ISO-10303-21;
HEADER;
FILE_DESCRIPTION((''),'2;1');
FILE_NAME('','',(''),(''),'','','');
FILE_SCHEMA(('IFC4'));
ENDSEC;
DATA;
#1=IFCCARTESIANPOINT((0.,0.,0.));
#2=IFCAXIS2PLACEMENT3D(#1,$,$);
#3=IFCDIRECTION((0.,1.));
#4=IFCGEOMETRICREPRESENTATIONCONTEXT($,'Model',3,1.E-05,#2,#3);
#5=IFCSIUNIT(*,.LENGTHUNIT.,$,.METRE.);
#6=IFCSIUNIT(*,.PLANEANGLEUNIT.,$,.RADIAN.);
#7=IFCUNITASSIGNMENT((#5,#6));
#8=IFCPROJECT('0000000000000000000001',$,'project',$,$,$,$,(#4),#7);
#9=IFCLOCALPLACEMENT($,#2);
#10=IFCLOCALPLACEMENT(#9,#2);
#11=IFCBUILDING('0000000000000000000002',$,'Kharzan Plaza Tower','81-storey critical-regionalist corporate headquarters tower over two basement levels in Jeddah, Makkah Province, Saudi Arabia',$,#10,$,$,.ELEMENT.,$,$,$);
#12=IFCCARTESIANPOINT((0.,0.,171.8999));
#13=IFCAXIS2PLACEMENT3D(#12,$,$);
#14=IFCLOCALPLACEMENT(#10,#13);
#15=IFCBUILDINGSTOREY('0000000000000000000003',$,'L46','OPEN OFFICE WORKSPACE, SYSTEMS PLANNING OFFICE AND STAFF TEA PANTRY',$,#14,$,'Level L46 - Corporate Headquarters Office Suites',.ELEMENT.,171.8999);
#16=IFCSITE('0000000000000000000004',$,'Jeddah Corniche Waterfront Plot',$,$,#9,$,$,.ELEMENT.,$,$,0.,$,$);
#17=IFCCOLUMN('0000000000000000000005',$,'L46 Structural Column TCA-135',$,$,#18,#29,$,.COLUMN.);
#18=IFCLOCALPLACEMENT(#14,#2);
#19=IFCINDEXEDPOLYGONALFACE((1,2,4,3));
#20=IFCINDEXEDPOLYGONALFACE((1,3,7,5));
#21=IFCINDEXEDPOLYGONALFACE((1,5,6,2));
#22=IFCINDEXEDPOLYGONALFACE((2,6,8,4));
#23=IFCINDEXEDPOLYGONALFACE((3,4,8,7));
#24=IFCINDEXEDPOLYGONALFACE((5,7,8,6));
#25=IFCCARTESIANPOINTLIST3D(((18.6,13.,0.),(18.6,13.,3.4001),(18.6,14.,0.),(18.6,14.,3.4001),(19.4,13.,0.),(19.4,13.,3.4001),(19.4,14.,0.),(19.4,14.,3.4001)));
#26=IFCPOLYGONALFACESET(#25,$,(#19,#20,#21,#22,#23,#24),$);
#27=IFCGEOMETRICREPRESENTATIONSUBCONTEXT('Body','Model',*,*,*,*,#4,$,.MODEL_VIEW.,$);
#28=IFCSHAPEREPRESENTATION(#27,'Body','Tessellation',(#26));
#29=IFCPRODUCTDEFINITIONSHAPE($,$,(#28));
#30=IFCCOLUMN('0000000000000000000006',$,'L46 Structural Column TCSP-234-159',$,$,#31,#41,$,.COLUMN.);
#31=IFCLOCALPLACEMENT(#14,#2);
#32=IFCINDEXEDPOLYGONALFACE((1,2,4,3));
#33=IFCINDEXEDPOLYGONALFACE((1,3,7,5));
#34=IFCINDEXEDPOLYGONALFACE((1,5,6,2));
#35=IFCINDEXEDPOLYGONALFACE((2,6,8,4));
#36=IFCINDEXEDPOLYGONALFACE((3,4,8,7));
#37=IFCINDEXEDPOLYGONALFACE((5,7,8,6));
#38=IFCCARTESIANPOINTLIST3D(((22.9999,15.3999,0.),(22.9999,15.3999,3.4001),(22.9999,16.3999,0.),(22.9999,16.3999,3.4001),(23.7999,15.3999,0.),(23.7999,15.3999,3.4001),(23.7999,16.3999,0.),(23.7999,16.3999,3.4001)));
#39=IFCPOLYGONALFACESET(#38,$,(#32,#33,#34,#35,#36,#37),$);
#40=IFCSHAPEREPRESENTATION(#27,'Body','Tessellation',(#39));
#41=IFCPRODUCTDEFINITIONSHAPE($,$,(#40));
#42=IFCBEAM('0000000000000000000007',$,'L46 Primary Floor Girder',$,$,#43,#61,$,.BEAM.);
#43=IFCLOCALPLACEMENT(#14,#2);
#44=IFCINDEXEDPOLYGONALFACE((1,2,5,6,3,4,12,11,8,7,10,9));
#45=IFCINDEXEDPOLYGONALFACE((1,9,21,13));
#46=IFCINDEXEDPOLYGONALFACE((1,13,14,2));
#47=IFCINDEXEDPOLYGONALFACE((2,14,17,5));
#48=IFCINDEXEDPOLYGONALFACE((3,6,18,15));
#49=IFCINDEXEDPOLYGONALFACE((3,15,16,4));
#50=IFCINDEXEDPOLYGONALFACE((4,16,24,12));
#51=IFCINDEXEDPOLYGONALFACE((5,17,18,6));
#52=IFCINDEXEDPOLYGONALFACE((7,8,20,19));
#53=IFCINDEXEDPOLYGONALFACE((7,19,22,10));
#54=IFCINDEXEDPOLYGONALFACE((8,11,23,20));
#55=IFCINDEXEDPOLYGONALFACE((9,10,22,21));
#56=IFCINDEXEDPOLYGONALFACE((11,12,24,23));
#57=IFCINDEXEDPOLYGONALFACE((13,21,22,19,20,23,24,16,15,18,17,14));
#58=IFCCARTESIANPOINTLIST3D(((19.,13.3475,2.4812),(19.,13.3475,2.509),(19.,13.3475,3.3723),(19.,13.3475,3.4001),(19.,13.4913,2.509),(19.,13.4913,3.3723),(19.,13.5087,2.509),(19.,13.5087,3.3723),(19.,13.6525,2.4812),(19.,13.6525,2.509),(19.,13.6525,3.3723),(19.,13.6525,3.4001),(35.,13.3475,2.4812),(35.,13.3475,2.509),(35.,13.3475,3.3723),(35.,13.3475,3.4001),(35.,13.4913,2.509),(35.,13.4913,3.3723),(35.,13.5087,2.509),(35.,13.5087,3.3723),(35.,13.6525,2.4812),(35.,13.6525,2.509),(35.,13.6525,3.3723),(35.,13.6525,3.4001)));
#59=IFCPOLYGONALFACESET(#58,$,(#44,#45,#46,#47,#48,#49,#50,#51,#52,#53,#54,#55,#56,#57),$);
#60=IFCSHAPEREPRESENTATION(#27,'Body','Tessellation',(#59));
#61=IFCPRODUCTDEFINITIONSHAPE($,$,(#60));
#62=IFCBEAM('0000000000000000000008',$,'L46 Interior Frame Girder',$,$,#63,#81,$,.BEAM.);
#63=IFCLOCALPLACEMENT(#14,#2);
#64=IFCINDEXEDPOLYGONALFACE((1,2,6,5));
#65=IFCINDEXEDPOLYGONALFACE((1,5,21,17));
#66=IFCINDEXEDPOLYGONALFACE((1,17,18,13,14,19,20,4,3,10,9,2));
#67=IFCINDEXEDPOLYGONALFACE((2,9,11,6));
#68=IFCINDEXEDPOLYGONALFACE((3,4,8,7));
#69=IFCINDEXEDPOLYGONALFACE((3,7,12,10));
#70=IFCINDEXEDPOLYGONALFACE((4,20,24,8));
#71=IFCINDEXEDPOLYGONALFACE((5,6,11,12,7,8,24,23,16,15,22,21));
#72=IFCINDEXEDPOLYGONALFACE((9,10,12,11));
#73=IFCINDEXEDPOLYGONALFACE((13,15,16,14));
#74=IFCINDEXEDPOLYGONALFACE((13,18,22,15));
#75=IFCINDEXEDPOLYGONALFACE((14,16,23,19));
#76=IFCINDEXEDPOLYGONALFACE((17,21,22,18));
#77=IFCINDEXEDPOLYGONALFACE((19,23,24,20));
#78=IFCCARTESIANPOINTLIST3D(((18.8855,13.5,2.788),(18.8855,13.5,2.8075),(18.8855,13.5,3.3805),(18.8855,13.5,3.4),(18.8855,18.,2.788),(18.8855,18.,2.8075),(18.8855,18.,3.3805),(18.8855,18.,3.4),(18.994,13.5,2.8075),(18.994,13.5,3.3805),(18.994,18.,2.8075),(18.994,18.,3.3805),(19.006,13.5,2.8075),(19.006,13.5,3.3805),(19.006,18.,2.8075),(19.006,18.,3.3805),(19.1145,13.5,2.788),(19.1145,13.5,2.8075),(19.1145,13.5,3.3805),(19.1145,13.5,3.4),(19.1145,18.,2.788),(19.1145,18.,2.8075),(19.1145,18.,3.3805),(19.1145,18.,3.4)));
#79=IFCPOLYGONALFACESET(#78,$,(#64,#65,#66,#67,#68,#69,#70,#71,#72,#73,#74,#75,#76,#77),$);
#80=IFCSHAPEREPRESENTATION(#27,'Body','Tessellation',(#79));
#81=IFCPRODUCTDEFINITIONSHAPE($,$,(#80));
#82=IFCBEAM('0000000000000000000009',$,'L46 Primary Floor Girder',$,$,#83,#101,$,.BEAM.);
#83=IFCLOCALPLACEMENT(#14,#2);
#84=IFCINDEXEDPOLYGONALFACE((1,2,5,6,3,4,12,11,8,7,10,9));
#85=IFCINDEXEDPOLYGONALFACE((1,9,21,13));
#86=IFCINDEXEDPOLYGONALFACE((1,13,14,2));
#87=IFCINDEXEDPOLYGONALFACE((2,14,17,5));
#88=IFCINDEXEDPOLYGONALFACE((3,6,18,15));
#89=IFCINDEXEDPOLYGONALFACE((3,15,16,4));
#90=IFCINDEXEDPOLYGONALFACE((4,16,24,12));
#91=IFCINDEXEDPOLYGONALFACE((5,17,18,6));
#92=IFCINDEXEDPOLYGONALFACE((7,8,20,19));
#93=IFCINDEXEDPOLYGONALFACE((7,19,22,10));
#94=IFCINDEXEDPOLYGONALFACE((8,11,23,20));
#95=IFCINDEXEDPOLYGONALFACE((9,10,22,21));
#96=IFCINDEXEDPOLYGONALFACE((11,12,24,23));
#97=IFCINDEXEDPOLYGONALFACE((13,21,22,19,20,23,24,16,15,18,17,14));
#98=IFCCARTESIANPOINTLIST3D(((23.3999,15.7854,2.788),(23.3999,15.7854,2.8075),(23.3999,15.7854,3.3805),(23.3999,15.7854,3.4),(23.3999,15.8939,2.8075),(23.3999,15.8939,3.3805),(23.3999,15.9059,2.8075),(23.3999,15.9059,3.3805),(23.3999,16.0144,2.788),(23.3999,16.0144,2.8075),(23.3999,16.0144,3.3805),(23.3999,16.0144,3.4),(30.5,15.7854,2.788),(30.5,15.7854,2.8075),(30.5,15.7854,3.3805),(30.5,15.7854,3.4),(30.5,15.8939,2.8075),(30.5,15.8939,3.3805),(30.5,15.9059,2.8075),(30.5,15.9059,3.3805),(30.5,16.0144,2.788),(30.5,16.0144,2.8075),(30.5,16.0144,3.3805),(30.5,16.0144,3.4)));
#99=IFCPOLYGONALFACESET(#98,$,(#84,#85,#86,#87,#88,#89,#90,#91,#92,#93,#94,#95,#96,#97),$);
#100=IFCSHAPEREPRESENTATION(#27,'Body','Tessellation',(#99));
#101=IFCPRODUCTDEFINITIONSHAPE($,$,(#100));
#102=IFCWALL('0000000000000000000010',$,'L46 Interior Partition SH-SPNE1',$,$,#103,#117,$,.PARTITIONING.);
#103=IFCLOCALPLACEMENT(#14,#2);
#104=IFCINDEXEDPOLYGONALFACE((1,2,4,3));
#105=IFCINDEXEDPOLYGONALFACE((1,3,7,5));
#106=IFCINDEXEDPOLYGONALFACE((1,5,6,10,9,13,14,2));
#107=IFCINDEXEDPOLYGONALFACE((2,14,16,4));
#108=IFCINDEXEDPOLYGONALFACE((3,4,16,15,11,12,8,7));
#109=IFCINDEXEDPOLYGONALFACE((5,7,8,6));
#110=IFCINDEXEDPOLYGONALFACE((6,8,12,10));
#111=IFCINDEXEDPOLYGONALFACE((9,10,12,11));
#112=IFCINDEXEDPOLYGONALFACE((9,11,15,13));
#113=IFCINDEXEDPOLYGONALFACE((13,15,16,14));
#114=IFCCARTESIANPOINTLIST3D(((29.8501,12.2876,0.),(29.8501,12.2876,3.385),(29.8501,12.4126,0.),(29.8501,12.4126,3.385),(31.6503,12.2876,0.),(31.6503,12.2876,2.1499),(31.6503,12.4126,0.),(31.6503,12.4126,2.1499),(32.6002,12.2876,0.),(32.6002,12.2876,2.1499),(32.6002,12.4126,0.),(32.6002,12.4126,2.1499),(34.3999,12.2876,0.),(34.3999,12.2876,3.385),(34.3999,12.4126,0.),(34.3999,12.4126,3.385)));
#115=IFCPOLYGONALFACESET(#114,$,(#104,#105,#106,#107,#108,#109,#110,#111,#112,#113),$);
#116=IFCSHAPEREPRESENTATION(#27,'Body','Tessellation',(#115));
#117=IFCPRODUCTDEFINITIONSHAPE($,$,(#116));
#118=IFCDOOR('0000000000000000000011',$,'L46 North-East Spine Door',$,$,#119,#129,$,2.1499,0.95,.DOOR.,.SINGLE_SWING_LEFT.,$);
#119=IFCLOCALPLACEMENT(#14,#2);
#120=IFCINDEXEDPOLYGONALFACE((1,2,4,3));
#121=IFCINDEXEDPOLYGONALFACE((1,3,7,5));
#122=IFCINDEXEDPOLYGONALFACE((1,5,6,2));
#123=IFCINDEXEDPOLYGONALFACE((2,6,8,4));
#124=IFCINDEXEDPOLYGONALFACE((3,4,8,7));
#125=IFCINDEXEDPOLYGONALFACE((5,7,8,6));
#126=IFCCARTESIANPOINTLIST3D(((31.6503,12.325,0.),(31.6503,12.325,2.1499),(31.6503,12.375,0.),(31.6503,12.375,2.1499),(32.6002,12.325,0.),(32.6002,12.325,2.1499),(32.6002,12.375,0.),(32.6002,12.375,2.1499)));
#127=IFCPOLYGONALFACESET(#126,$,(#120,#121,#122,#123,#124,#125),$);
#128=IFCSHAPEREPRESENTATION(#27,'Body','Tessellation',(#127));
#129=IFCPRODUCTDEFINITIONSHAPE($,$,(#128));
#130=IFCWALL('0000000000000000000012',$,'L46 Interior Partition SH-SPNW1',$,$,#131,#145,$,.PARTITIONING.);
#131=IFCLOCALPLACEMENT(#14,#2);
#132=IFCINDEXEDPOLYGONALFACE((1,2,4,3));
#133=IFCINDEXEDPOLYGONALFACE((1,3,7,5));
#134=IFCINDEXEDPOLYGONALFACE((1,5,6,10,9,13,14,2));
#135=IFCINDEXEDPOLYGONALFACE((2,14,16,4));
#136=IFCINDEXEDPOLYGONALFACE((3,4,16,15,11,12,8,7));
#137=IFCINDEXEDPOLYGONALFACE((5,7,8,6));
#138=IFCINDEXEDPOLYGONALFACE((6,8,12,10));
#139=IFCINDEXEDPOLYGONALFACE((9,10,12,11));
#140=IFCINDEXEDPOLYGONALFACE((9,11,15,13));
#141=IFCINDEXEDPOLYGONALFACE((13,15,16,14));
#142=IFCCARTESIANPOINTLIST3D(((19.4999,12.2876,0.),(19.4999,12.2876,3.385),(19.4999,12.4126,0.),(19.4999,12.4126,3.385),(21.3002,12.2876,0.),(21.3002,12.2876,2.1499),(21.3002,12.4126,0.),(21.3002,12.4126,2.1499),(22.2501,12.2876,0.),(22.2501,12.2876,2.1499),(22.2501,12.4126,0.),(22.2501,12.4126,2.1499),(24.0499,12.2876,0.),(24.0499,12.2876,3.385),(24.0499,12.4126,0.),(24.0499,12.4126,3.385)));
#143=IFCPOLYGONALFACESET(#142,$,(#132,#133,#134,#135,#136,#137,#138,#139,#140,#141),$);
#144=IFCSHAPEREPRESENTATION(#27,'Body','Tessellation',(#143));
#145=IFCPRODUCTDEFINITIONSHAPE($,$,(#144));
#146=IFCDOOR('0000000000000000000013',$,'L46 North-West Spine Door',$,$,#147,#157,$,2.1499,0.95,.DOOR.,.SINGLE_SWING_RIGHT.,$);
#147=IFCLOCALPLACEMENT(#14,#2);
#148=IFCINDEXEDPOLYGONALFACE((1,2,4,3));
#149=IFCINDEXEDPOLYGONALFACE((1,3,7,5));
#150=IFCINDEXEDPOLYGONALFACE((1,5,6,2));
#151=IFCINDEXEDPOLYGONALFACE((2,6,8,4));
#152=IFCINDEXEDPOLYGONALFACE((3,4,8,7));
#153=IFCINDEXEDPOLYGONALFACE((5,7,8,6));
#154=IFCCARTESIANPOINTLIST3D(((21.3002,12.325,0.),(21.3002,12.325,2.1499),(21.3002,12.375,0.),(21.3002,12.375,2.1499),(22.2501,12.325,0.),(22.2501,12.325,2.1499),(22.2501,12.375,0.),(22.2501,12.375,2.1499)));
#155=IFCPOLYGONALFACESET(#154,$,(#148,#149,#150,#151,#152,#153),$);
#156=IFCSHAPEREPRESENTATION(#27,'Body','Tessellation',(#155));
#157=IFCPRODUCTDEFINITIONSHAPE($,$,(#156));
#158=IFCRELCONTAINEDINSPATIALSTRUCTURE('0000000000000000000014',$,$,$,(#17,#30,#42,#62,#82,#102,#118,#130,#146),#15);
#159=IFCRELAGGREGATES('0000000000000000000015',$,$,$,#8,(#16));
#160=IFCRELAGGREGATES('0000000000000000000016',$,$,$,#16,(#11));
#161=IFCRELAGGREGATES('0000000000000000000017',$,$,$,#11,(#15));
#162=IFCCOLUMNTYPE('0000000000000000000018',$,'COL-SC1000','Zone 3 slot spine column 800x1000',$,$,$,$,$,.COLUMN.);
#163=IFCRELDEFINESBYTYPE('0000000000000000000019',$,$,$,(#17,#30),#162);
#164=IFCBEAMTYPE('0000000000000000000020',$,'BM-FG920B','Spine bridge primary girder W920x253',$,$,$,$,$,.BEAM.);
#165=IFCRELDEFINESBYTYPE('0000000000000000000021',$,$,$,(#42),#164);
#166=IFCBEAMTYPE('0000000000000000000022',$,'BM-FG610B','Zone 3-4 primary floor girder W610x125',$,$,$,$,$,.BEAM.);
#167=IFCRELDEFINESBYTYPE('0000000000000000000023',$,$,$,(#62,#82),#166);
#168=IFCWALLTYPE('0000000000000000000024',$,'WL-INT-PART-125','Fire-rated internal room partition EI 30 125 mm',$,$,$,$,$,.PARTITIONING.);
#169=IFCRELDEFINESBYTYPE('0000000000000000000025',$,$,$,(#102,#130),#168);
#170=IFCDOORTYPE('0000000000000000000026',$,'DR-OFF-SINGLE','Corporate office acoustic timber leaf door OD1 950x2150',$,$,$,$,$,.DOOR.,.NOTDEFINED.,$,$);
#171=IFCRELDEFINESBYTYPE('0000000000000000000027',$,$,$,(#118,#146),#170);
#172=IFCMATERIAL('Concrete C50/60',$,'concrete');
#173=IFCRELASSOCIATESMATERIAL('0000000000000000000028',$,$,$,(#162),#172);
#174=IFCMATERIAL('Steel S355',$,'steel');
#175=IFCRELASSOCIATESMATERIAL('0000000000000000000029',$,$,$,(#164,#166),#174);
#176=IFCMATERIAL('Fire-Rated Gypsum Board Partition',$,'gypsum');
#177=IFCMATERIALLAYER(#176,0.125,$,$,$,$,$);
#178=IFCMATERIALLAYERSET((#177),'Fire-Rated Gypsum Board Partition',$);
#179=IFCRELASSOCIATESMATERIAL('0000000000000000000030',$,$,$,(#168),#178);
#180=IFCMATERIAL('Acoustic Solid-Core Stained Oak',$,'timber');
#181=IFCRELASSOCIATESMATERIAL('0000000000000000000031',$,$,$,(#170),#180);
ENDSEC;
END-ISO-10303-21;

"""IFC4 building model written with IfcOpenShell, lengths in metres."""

from ifc_helpers import new_model, si_unit, direction, frame, frame_2d, origin, origin_2d, place, context, subcontext, project, spatial, rectangle, i_section, extrude, source, transform, mapped, material, layer, layer_set, material_profile, profile_set, type_object, element, fill, save


model = new_model("IFC4")

# Units and contexts
model_context = context("Model", 3, precision=1e-05, world=origin(), true_north=direction((0.0, 1.0)))
body_context = subcontext(model_context, "Body", "Model", "MODEL_VIEW")
ifc_project = project(units=[si_unit("LENGTHUNIT", "METRE"), si_unit("PLANEANGLEUNIT", "RADIAN")], contexts=[model_context])

# Site, building, storey
site_placement = place(None, origin())
site = spatial("IfcSite", under=ifc_project, at=site_placement, Name="Jeddah Corniche Waterfront Plot", CompositionType="ELEMENT", RefElevation=0.0)
building_placement = place(site_placement, origin())
building = spatial("IfcBuilding", under=site, at=building_placement, Name="Kharzan Plaza Tower", Description="81-storey critical-regionalist corporate headquarters tower over two basement levels in Jeddah, Makkah Province, Saudi Arabia", CompositionType="ELEMENT")
storey_placement = place(building_placement, frame((0.0, 0.0, 171.8999)))
storey = spatial("IfcBuildingStorey", under=building, at=storey_placement, Name="L46", Description="OPEN OFFICE WORKSPACE, SYSTEMS PLANNING OFFICE AND STAFF TEA PANTRY", LongName="Level L46 - Corporate Headquarters Office Suites", CompositionType="ELEMENT", Elevation=171.8999)

# Columns
ifc_material_1 = material(Name="Concrete C50/60", Category="concrete")
ifc_material_profile_1 = material_profile(ifc_material_1, rectangle(XDim=0.8, YDim=1.0, at=origin_2d()), Name="RC-SC1000x800")
ifc_profile_set_1 = profile_set([ifc_material_profile_1], Name="Concrete C50/60")
column_type = type_object("IfcColumnType", Name="COL-SC1000", Description="Zone 3 slot spine column 800x1000", PredefinedType="COLUMN", material=ifc_profile_set_1)
shared_shape_1 = source(origin(), body_context, "Body", "SweptSolid", [
    extrude(rectangle(XDim=0.8, YDim=1.0, at=origin_2d()), origin(), (0.0, 0.0, 1.0), 3.4001),
])
for number, where, z_axis, x_axis, name in (
    (1, (19.0, 13.5, 0.0), (0.0, 0.0, 1.0), (1.0, 0.0, 0.0), "L46 Structural Column TCA-135"),
    (2, (23.3999, 15.8999, 0.0), (0.0, 0.0, 1.0), (1.0, 0.0, 0.0), "L46 Structural Column TCSP-234-159"),
):
    element("IfcColumn", number, at=place(storey_placement, frame(where, z_axis=z_axis, x_axis=x_axis)), inside=storey, type_object=column_type, Name=name, PredefinedType="COLUMN", context=body_context, shape_type="MappedRepresentation", body=[
        mapped(shared_shape_1, transform((0.0, 0.0, 0.0), x_axis=(1.0, 0.0, 0.0), y_axis=(0.0, 1.0, 0.0), z_axis=(0.0, 0.0, 1.0))),
    ])

# Beams
ifc_material_2 = material(Name="Steel S355", Category="steel")
ifc_material_profile_2 = material_profile(ifc_material_2, i_section(OverallWidth=0.3049, OverallDepth=0.9189, WebThickness=0.0173, FlangeThickness=0.0278, at=origin_2d()), Name="W920x253")
ifc_profile_set_2 = profile_set([ifc_material_profile_2], Name="Steel S355")
beam_type_1 = type_object("IfcBeamType", Name="BM-FG920B", Description="Spine bridge primary girder W920x253", PredefinedType="BEAM", material=ifc_profile_set_2)
shared_shape_2 = source(origin(), body_context, "Body", "SweptSolid", [
    extrude(i_section(OverallWidth=0.3049, OverallDepth=0.9189, WebThickness=0.0173, FlangeThickness=0.0278, at=origin_2d()), origin(), (0.0, 0.0, 1.0), 16.0),
])
beam_1_placement = place(storey_placement, frame((19.0, 13.5, 2.9407), z_axis=(1.0, 0.0, 0.0), x_axis=(0.0, 1.0, 0.0)))
element("IfcBeam", 3, at=beam_1_placement, inside=storey, type_object=beam_type_1, Name="L46 Primary Floor Girder", PredefinedType="BEAM", context=body_context, shape_type="MappedRepresentation", body=[
    mapped(shared_shape_2, transform((0.0, 0.0, 0.0), x_axis=(1.0, 0.0, 0.0), y_axis=(0.0, 1.0, 0.0), z_axis=(0.0, 0.0, 1.0))),
])
ifc_material_profile_3 = material_profile(ifc_material_2, i_section(OverallWidth=0.229, OverallDepth=0.6121, WebThickness=0.012, FlangeThickness=0.0195, at=origin_2d()), Name="W610x125")
ifc_profile_set_3 = profile_set([ifc_material_profile_3], Name="Steel S355")
beam_type_2 = type_object("IfcBeamType", Name="BM-FG610B", Description="Zone 3-4 primary floor girder W610x125", PredefinedType="BEAM", material=ifc_profile_set_3)
shared_shape_3 = source(origin(), body_context, "Body", "SweptSolid", [
    extrude(i_section(OverallWidth=0.229, OverallDepth=0.6121, WebThickness=0.012, FlangeThickness=0.0195, at=origin_2d()), origin(), (0.0, 0.0, 1.0), 4.5),
])
beam_2_placement = place(storey_placement, frame((19.0, 13.5, 3.094), z_axis=(0.0, 1.0, 0.0), x_axis=(-1.0, 0.0, 0.0)))
element("IfcBeam", 4, at=beam_2_placement, inside=storey, type_object=beam_type_2, Name="L46 Interior Frame Girder", PredefinedType="BEAM", context=body_context, shape_type="MappedRepresentation", body=[
    mapped(shared_shape_3, transform((0.0, 0.0, 0.0), x_axis=(1.0, 0.0, 0.0), y_axis=(0.0, 1.0, 0.0), z_axis=(0.0, 0.0, 1.0))),
])
shared_shape_4 = source(origin(), body_context, "Body", "SweptSolid", [
    extrude(i_section(OverallWidth=0.229, OverallDepth=0.6121, WebThickness=0.012, FlangeThickness=0.0195, at=origin_2d()), origin(), (0.0, 0.0, 1.0), 7.1001),
])
beam_3_placement = place(storey_placement, frame((23.3999, 15.8999, 3.094), z_axis=(1.0, 0.0, 0.0), x_axis=(0.0, 1.0, 0.0)))
element("IfcBeam", 5, at=beam_3_placement, inside=storey, type_object=beam_type_2, Name="L46 Primary Floor Girder", PredefinedType="BEAM", context=body_context, shape_type="MappedRepresentation", body=[
    mapped(shared_shape_4, transform((0.0, 0.0, 0.0), x_axis=(1.0, 0.0, 0.0), y_axis=(0.0, 1.0, 0.0), z_axis=(0.0, 0.0, 1.0))),
])

# Walls, openings, doors
ifc_material_3 = material(Name="Fire-Rated Gypsum Board Partition", Category="gypsum")
ifc_layer_1 = layer(ifc_material_3, 0.125)
ifc_layer_set_1 = layer_set([ifc_layer_1], Name="Fire-Rated Gypsum Board Partition")
wall_type_1 = type_object("IfcWallType", Name="WL-INT-PART-125", Description="Fire-rated internal room partition EI 30 125 mm", PredefinedType="PARTITIONING", material=ifc_layer_set_1)
wall_1_placement = place(storey_placement, frame((29.8501, 12.3501, 0.0), z_axis=(0.0, 0.0, 1.0), x_axis=(1.0, 0.0, 0.0)))
wall_1 = element("IfcWall", 6, at=wall_1_placement, inside=storey, type_object=wall_type_1, Name="L46 Interior Partition SH-SPNE1", PredefinedType="PARTITIONING", context=body_context, shape_type="SweptSolid", body=[
    extrude(rectangle(XDim=4.5498, YDim=0.125, at=frame_2d((2.2749, 0.0))), origin(), (0.0, 0.0, 1.0), 3.385),
])
opening_1_placement = place(wall_1_placement, frame((1.8, 0.0, 0.0)))
opening_1 = element("IfcOpeningElement", 7, at=opening_1_placement, cuts=wall_1, PredefinedType="OPENING", context=body_context, shape_type="SweptSolid", body=[
    extrude(rectangle(XDim=0.95, YDim=2.1499, at=frame_2d((0.4751, 1.075))), frame((0.0, 0.0725, 0.0), z_axis=(0.0, -1.0, 0.0), x_axis=(1.0, 0.0, 0.0)), (0.0, 0.0, 1.0), 0.145),
])
ifc_material_4 = material(Name="Acoustic Solid-Core Stained Oak", Category="timber")
door_type_1 = type_object("IfcDoorType", Name="DR-OFF-SINGLE", Description="Corporate office acoustic timber leaf door OD1 950x2150", OperationType="NOTDEFINED", PredefinedType="DOOR", material=ifc_material_4)
shared_shape_5 = source(origin(), body_context, "Body", "SweptSolid", [
    extrude(rectangle(XDim=0.95, YDim=2.1499, at=frame_2d((0.4751, 1.075))), frame((0.0, 0.0249, 0.0), z_axis=(0.0, -1.0, 0.0), x_axis=(1.0, 0.0, 0.0)), (0.0, 0.0, 1.0), 0.05),
])
door_1_placement = place(opening_1_placement, origin())
door_1 = element("IfcDoor", 8, at=door_1_placement, inside=storey, type_object=door_type_1, Name="L46 North-East Spine Door", OperationType="SINGLE_SWING_LEFT", OverallHeight=2.1499, OverallWidth=0.95, PredefinedType="DOOR", context=body_context, shape_type="MappedRepresentation", body=[
    mapped(shared_shape_5, transform((0.0, 0.0, 0.0), x_axis=(1.0, 0.0, 0.0), y_axis=(0.0, 1.0, 0.0), z_axis=(0.0, 0.0, 1.0))),
])
fill(opening_1, door_1)
wall_2_placement = place(storey_placement, frame((19.5, 12.3501, 0.0), z_axis=(0.0, 0.0, 1.0), x_axis=(1.0, 0.0, 0.0)))
wall_2 = element("IfcWall", 9, at=wall_2_placement, inside=storey, type_object=wall_type_1, Name="L46 Interior Partition SH-SPNW1", PredefinedType="PARTITIONING", context=body_context, shape_type="SweptSolid", body=[
    extrude(rectangle(XDim=4.55, YDim=0.125, at=frame_2d((2.2749, 0.0))), origin(), (0.0, 0.0, 1.0), 3.385),
])
opening_2_placement = place(wall_2_placement, frame((1.8, 0.0, 0.0)))
opening_2 = element("IfcOpeningElement", 10, at=opening_2_placement, cuts=wall_2, PredefinedType="OPENING", context=body_context, shape_type="SweptSolid", body=[
    extrude(rectangle(XDim=0.95, YDim=2.1499, at=frame_2d((0.4751, 1.075))), frame((0.0, 0.0725, 0.0), z_axis=(0.0, -1.0, 0.0), x_axis=(1.0, 0.0, 0.0)), (0.0, 0.0, 1.0), 0.145),
])
door_2_placement = place(opening_2_placement, origin())
door_2 = element("IfcDoor", 11, at=door_2_placement, inside=storey, type_object=door_type_1, Name="L46 North-West Spine Door", OperationType="SINGLE_SWING_RIGHT", OverallHeight=2.1499, OverallWidth=0.95, PredefinedType="DOOR", context=body_context, shape_type="MappedRepresentation", body=[
    mapped(shared_shape_5, transform((0.0, 0.0, 0.0), x_axis=(1.0, 0.0, 0.0), y_axis=(0.0, 1.0, 0.0), z_axis=(0.0, 0.0, 1.0))),
])
fill(opening_2, door_2)

save(model, "model.ifc")
